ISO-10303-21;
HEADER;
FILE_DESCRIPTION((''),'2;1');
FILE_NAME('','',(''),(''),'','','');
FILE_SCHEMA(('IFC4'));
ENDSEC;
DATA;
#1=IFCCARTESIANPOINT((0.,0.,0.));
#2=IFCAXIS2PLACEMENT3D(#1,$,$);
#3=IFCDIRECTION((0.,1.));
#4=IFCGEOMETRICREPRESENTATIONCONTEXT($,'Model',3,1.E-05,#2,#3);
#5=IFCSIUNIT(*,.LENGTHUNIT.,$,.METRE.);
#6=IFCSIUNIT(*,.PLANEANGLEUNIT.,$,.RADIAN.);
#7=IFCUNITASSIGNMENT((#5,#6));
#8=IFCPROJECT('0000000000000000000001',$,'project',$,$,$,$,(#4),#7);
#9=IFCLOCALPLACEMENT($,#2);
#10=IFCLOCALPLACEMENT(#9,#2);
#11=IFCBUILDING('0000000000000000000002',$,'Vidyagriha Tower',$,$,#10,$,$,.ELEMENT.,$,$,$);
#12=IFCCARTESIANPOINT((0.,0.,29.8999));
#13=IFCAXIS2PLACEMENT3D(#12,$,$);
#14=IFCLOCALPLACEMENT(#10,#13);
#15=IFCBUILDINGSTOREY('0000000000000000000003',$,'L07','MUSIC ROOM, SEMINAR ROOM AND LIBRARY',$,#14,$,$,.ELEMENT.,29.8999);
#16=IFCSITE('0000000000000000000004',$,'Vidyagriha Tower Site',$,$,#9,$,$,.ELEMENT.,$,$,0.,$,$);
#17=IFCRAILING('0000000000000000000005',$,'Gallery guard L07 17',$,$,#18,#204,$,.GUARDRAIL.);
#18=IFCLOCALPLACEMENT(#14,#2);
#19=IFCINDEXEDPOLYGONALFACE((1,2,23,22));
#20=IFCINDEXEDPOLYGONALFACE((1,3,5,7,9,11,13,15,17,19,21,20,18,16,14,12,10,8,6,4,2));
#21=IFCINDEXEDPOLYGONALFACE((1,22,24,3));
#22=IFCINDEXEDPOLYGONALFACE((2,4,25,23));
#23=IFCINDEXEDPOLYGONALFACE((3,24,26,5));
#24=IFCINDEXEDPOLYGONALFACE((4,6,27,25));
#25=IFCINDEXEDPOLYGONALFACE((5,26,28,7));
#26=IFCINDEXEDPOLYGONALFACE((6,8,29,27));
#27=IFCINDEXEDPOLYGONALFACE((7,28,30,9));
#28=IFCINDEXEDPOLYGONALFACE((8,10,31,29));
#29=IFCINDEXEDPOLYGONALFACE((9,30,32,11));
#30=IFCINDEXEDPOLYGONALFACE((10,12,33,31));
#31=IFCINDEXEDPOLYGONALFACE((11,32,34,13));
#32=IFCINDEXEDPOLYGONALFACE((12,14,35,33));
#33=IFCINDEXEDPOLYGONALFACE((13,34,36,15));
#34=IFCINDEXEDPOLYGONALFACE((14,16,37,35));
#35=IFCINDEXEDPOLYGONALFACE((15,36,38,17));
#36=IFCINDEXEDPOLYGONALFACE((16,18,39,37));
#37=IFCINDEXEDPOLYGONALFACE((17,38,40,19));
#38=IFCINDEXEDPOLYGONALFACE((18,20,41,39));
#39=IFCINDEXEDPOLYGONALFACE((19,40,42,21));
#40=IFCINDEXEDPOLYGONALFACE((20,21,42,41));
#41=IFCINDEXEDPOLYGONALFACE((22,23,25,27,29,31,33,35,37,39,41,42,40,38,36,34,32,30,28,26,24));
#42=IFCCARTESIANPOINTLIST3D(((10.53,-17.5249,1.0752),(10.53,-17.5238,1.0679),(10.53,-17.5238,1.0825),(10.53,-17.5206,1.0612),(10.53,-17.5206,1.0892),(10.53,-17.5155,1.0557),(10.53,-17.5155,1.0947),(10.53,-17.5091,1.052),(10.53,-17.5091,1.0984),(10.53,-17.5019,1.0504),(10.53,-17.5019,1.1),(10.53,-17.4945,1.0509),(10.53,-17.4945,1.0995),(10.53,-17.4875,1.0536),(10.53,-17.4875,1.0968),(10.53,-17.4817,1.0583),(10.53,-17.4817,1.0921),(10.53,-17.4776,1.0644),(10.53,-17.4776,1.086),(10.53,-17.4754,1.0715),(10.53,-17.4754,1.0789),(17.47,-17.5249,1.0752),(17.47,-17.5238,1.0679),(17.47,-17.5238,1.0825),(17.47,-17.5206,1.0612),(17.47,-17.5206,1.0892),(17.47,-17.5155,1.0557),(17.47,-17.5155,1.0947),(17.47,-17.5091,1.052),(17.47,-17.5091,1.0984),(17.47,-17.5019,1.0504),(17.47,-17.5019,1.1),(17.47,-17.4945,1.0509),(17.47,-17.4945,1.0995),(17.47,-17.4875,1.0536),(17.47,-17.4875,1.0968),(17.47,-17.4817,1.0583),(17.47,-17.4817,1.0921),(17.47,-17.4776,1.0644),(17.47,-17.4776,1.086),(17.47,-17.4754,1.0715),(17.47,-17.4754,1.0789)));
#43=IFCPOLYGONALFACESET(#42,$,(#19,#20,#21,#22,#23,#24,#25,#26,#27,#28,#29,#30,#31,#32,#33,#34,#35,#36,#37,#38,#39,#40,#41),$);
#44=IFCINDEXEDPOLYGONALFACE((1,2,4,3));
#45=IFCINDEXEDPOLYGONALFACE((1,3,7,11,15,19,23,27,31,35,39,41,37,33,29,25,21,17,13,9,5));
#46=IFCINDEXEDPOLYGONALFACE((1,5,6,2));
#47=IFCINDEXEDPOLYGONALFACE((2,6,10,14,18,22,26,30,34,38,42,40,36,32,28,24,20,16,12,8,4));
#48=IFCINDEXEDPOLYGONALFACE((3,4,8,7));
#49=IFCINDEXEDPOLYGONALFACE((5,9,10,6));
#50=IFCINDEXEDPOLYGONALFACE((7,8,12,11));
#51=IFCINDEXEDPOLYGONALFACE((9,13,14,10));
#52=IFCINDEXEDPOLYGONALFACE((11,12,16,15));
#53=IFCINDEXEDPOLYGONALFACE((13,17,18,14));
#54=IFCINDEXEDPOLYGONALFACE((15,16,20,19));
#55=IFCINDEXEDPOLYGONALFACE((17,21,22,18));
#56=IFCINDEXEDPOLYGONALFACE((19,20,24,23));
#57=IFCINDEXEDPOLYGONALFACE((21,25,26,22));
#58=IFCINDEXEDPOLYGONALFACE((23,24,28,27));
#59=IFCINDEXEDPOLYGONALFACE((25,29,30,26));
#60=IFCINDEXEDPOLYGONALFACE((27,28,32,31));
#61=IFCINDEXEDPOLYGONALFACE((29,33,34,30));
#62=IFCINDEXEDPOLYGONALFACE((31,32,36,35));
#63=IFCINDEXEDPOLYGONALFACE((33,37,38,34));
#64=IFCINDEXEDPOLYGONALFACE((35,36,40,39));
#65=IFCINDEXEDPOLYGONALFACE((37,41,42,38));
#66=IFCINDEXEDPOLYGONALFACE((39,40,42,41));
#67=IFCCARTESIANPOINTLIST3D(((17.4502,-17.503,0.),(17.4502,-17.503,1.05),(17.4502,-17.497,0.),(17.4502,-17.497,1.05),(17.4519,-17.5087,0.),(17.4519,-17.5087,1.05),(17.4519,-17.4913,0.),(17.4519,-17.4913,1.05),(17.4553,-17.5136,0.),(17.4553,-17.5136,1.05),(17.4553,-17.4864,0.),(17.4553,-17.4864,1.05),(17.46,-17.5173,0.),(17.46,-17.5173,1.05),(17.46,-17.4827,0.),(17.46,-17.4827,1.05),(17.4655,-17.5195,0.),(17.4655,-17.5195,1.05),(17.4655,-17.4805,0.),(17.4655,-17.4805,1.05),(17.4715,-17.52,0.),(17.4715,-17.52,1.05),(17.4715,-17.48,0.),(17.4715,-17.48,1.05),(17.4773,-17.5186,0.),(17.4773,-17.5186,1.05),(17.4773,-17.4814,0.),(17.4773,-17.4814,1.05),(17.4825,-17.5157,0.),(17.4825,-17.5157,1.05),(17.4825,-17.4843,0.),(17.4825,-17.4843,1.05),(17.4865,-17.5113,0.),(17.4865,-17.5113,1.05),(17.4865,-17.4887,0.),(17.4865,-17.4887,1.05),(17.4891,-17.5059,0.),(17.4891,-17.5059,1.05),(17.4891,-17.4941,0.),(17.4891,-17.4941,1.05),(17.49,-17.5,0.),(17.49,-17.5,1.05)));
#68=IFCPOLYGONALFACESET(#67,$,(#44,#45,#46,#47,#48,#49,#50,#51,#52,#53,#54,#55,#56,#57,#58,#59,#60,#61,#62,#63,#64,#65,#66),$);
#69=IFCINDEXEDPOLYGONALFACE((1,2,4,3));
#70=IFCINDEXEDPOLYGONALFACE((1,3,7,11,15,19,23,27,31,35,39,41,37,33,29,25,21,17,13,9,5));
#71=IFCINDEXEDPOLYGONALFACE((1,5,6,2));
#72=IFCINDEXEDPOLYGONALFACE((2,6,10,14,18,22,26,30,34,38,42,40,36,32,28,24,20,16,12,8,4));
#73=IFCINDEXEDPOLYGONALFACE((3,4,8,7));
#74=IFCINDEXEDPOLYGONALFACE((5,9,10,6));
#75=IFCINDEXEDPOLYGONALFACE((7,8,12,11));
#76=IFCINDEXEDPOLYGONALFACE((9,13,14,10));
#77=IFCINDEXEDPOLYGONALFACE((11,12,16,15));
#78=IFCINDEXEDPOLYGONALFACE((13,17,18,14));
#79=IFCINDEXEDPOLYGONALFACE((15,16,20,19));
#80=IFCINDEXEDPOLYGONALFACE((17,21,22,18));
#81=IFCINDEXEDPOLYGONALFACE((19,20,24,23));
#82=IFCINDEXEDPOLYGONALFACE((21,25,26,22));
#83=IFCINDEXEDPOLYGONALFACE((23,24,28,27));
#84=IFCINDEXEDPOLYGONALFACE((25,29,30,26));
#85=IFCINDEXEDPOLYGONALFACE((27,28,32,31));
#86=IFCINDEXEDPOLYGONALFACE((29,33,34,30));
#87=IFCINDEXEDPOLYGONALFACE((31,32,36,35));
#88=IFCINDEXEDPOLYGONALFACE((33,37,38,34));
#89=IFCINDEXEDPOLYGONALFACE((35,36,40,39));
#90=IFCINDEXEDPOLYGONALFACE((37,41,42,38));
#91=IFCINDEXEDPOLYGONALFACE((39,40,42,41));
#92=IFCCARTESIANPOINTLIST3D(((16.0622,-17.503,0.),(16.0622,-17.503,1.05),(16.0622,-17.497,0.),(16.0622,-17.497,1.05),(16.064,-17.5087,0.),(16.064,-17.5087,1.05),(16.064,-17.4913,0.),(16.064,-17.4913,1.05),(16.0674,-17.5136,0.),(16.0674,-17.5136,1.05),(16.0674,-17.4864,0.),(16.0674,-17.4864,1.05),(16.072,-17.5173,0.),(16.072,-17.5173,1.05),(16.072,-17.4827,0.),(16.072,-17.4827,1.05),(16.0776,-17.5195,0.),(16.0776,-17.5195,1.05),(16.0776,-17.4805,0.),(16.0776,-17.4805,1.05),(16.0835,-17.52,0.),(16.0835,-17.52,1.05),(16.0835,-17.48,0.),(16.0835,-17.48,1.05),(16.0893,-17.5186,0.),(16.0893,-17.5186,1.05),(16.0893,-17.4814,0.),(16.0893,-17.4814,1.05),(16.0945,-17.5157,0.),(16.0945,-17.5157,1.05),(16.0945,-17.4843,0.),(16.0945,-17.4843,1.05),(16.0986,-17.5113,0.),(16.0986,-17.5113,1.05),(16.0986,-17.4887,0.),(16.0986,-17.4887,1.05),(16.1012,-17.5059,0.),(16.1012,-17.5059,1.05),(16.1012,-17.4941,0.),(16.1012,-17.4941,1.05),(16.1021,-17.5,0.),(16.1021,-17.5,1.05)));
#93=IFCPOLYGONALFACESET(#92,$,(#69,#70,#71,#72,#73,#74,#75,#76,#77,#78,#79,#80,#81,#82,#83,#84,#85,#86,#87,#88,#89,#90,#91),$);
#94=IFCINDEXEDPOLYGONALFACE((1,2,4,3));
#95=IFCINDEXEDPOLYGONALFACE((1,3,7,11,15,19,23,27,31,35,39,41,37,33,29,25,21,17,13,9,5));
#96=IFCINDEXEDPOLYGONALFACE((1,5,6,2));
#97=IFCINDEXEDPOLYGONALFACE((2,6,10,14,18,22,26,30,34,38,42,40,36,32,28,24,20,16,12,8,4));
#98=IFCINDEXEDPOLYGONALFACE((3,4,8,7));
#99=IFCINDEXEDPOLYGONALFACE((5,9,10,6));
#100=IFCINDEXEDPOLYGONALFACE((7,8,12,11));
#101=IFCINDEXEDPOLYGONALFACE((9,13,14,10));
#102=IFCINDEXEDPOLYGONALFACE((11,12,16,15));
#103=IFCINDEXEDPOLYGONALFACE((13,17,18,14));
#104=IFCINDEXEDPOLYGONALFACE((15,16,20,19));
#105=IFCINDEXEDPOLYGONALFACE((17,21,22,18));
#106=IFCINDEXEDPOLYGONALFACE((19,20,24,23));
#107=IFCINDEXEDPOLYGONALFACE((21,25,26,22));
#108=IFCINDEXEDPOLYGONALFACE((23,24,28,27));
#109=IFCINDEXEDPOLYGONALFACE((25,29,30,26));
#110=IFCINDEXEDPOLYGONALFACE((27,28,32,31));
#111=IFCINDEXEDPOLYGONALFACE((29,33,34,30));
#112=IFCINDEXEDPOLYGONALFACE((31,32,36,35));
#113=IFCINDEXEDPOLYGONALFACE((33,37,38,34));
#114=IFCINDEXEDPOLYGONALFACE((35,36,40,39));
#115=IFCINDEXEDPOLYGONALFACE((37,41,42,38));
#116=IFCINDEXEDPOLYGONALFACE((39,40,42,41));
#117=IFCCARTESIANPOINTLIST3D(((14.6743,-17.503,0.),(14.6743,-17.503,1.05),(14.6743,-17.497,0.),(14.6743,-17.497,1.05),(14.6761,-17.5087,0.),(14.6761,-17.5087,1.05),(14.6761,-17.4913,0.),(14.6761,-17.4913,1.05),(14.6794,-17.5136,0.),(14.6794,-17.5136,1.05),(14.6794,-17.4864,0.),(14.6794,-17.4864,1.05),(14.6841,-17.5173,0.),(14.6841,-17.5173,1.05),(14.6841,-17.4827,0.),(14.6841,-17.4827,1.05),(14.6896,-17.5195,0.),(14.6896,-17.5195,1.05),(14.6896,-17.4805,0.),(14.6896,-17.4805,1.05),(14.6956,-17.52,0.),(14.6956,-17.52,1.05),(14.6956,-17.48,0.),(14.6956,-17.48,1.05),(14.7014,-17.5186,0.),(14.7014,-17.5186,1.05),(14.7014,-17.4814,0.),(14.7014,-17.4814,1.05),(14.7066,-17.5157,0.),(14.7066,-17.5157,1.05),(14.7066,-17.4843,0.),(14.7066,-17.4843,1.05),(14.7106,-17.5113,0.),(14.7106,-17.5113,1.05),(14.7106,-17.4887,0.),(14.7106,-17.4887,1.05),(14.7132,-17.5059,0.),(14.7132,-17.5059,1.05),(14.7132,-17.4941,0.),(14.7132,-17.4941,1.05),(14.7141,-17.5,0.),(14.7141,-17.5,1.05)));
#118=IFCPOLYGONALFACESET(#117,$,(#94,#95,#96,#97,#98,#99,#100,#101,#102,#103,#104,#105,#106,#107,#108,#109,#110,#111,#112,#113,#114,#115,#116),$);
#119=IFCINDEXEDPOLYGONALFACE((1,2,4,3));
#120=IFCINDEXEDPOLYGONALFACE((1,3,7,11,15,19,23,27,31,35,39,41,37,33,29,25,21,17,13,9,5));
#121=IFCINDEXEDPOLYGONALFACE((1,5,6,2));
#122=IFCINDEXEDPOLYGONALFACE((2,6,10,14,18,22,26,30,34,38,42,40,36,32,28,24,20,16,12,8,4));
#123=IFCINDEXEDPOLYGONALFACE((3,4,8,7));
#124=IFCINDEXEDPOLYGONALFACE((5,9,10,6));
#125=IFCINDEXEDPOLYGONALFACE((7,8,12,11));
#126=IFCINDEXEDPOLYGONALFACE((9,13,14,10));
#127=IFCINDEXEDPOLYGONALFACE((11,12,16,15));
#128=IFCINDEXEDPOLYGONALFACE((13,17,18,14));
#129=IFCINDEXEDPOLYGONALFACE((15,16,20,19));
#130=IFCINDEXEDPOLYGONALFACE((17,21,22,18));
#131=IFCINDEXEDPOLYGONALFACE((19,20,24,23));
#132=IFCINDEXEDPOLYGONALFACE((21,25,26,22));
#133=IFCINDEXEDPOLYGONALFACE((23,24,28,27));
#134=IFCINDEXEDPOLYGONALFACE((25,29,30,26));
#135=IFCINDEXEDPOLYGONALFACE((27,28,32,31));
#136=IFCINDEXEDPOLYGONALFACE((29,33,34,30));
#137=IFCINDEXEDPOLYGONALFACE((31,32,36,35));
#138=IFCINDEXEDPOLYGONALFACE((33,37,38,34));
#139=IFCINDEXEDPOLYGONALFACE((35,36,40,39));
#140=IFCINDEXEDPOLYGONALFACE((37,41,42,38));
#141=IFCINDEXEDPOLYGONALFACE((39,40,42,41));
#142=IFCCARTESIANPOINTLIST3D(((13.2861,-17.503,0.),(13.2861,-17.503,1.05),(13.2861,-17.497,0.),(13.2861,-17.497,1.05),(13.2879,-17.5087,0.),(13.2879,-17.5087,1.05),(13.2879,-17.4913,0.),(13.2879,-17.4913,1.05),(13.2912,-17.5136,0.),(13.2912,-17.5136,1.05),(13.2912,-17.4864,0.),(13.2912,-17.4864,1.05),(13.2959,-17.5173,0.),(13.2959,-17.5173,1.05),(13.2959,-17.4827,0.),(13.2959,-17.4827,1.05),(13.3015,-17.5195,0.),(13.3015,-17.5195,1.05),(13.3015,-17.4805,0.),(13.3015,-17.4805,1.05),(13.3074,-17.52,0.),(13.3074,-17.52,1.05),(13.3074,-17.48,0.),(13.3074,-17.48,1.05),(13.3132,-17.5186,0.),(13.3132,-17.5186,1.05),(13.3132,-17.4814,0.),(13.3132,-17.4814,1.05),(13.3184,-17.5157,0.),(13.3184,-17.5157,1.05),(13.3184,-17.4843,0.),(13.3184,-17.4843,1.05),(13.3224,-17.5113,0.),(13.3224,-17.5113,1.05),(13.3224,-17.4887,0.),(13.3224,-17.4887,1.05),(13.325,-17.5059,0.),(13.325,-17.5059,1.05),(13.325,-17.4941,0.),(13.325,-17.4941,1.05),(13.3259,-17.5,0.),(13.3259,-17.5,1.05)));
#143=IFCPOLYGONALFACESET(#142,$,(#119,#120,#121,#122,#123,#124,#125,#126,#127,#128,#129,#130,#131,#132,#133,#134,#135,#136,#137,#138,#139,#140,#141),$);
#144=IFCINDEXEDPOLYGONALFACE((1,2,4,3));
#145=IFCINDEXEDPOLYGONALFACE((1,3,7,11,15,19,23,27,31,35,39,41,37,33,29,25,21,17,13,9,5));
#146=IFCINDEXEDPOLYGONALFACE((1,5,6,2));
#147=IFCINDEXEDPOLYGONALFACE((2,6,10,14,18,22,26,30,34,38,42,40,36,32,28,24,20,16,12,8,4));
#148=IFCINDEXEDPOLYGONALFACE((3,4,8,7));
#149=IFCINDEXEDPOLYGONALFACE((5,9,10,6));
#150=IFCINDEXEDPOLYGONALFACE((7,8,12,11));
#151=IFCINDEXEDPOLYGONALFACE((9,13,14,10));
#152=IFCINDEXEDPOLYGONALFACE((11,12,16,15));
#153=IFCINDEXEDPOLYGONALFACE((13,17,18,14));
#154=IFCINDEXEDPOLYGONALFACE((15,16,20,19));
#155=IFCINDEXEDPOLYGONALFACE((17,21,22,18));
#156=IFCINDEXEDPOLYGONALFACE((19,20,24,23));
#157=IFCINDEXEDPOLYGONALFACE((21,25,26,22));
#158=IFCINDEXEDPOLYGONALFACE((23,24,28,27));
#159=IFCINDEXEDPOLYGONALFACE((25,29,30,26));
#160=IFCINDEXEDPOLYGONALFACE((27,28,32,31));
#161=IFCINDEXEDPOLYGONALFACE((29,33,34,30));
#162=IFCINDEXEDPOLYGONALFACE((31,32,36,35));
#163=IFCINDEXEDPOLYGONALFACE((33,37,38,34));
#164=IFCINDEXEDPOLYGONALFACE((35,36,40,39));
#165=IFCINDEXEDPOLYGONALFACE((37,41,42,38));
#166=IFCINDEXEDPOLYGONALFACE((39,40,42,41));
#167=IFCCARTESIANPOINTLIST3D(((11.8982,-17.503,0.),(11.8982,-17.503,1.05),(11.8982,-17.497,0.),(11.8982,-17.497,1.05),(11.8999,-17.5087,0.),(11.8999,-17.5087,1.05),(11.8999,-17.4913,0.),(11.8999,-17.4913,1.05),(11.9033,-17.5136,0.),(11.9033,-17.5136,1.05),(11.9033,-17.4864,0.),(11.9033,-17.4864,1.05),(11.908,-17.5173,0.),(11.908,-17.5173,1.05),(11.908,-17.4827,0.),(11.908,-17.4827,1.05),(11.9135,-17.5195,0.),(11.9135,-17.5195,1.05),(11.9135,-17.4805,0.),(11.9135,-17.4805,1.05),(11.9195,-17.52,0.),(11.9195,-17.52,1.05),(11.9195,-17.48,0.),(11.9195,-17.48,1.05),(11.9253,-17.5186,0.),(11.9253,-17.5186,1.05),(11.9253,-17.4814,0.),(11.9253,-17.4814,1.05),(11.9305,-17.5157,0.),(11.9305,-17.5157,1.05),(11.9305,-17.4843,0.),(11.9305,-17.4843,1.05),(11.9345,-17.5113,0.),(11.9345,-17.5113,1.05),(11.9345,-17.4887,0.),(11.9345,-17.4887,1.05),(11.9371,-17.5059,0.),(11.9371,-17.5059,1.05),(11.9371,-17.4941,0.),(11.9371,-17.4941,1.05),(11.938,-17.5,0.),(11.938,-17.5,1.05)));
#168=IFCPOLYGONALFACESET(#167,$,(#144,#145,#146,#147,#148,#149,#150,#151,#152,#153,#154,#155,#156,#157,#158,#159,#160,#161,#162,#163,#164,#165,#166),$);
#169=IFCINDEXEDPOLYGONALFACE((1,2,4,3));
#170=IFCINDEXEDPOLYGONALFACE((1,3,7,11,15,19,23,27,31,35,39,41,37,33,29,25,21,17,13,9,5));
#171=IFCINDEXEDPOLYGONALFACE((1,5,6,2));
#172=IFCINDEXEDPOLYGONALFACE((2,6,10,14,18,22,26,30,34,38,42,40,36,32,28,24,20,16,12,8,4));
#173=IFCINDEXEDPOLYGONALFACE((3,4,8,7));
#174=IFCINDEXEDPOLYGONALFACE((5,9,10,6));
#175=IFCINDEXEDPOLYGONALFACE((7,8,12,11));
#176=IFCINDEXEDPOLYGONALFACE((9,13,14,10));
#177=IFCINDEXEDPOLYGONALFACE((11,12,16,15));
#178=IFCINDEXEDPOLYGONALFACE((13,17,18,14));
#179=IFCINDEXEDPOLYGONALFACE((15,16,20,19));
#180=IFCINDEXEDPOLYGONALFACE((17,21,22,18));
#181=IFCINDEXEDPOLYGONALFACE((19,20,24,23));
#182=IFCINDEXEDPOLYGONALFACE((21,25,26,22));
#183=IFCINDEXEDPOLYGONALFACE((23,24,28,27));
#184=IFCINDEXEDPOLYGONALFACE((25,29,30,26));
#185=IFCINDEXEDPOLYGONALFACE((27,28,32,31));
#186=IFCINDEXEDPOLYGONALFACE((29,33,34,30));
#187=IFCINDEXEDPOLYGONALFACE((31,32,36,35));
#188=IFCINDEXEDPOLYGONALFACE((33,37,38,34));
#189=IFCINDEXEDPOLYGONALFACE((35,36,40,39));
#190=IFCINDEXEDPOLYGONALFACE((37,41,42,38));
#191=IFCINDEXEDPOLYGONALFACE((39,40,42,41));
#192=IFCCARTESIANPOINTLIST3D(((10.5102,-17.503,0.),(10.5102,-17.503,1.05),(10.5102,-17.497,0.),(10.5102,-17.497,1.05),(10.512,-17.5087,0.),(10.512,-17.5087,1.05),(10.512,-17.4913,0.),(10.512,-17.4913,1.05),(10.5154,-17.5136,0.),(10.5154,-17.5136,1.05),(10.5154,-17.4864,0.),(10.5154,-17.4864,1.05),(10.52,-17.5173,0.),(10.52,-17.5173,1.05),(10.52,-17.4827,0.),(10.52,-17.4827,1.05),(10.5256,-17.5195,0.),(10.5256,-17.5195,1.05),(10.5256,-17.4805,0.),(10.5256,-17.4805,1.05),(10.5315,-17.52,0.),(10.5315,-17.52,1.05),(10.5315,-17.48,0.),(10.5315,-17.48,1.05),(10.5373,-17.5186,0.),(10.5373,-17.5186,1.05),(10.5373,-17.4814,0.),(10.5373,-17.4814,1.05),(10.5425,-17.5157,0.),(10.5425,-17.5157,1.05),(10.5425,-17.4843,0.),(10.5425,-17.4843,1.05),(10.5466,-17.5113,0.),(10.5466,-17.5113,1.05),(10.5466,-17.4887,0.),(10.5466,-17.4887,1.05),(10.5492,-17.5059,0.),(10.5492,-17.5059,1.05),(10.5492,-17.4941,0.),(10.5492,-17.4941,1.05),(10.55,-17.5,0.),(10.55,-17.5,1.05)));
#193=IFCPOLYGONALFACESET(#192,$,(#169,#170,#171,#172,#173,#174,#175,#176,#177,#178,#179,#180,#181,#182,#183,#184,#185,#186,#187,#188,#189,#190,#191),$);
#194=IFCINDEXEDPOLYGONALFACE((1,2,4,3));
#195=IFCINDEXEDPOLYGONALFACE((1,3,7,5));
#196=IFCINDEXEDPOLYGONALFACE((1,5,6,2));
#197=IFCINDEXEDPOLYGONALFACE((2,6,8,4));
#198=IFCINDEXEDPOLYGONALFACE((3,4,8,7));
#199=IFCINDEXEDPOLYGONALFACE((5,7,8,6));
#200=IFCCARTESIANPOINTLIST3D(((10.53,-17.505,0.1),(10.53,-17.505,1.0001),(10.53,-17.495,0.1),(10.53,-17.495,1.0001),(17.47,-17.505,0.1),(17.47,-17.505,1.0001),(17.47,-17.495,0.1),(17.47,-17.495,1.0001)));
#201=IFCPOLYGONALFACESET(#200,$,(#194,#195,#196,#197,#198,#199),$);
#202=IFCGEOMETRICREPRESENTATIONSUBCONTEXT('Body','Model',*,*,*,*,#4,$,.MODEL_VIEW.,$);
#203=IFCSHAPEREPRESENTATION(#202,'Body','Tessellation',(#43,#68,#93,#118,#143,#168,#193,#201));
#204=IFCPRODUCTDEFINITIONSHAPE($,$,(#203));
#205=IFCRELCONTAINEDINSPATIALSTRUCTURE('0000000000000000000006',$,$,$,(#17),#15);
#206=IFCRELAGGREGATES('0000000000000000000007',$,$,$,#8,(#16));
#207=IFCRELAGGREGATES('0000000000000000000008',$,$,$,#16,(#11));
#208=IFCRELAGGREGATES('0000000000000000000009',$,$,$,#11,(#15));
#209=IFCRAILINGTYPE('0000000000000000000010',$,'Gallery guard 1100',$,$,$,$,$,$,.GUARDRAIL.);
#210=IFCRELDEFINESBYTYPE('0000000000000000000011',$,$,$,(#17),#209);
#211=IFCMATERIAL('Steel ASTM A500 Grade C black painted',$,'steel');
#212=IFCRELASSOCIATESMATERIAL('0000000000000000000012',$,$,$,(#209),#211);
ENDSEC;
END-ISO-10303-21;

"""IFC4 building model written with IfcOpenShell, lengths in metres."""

from ifc_helpers import new_model, si_unit, direction, frame, origin, origin_2d, place, context, subcontext, project, spatial, rectangle, circle, extrude, material, type_object, element, save


model = new_model("IFC4")

# Units and contexts
model_context = context("Model", 3, precision=1e-05, world=origin(), true_north=direction((0.0, 1.0)))
body_context = subcontext(model_context, "Body", "Model", "MODEL_VIEW")
ifc_project = project(units=[si_unit("LENGTHUNIT", "METRE"), si_unit("PLANEANGLEUNIT", "RADIAN")], contexts=[model_context])

# Site, building, storey
site_placement = place(None, origin())
site = spatial("IfcSite", under=ifc_project, at=site_placement, Name="Vidyagriha Tower Site", CompositionType="ELEMENT", RefElevation=0.0)
building_placement = place(site_placement, origin())
building = spatial("IfcBuilding", under=site, at=building_placement, Name="Vidyagriha Tower", CompositionType="ELEMENT")
storey_placement = place(building_placement, frame((0.0, 0.0, 29.8999)))
storey = spatial("IfcBuildingStorey", under=building, at=storey_placement, Name="L07", Description="MUSIC ROOM, SEMINAR ROOM AND LIBRARY", CompositionType="ELEMENT", Elevation=29.8999)

# Railing
ifc_material_1 = material(Name="Steel ASTM A500 Grade C black painted", Category="steel")
railing_type = type_object("IfcRailingType", Name="Gallery guard 1100", PredefinedType="GUARDRAIL", material=ifc_material_1)
for number, where, name in (
    (1, (17.47, -17.5, 0.0), "Gallery guard L07 17"),
):
    element("IfcRailing", number, at=place(storey_placement, frame(where)), inside=storey, type_object=railing_type, Name=name, PredefinedType="GUARDRAIL", context=body_context, shape_type="SweptSolid", body=[
        extrude(circle(Radius=0.0249, at=origin_2d()), frame((0.0, 0.0, 1.0752), z_axis=(-1.0, 0.0, 0.0), x_axis=(0.0, -1.0, 0.0)), (0.0, 0.0, 1.0), 6.9399),
        extrude(circle(Radius=0.02, at=origin_2d()), origin(), (0.0, 0.0, 1.0), 1.05),
        extrude(circle(Radius=0.02, at=origin_2d()), frame((-1.3879, 0.0, 0.0)), (0.0, 0.0, 1.0), 1.05),
        extrude(circle(Radius=0.02, at=origin_2d()), frame((-2.7759, 0.0, 0.0)), (0.0, 0.0, 1.0), 1.05),
        extrude(circle(Radius=0.02, at=origin_2d()), frame((-4.1641, 0.0, 0.0)), (0.0, 0.0, 1.0), 1.05),
        extrude(circle(Radius=0.02, at=origin_2d()), frame((-5.552, 0.0, 0.0)), (0.0, 0.0, 1.0), 1.05),
        extrude(circle(Radius=0.02, at=origin_2d()), frame((-6.9399, 0.0, 0.0)), (0.0, 0.0, 1.0), 1.05),
        extrude(rectangle(XDim=0.01, YDim=0.9001, at=origin_2d()), frame((0.0, 0.0, 0.55), z_axis=(-1.0, 0.0, 0.0), x_axis=(0.0, -1.0, 0.0)), (0.0, 0.0, 1.0), 6.9399),
    ])

save(model, "model.ifc")
